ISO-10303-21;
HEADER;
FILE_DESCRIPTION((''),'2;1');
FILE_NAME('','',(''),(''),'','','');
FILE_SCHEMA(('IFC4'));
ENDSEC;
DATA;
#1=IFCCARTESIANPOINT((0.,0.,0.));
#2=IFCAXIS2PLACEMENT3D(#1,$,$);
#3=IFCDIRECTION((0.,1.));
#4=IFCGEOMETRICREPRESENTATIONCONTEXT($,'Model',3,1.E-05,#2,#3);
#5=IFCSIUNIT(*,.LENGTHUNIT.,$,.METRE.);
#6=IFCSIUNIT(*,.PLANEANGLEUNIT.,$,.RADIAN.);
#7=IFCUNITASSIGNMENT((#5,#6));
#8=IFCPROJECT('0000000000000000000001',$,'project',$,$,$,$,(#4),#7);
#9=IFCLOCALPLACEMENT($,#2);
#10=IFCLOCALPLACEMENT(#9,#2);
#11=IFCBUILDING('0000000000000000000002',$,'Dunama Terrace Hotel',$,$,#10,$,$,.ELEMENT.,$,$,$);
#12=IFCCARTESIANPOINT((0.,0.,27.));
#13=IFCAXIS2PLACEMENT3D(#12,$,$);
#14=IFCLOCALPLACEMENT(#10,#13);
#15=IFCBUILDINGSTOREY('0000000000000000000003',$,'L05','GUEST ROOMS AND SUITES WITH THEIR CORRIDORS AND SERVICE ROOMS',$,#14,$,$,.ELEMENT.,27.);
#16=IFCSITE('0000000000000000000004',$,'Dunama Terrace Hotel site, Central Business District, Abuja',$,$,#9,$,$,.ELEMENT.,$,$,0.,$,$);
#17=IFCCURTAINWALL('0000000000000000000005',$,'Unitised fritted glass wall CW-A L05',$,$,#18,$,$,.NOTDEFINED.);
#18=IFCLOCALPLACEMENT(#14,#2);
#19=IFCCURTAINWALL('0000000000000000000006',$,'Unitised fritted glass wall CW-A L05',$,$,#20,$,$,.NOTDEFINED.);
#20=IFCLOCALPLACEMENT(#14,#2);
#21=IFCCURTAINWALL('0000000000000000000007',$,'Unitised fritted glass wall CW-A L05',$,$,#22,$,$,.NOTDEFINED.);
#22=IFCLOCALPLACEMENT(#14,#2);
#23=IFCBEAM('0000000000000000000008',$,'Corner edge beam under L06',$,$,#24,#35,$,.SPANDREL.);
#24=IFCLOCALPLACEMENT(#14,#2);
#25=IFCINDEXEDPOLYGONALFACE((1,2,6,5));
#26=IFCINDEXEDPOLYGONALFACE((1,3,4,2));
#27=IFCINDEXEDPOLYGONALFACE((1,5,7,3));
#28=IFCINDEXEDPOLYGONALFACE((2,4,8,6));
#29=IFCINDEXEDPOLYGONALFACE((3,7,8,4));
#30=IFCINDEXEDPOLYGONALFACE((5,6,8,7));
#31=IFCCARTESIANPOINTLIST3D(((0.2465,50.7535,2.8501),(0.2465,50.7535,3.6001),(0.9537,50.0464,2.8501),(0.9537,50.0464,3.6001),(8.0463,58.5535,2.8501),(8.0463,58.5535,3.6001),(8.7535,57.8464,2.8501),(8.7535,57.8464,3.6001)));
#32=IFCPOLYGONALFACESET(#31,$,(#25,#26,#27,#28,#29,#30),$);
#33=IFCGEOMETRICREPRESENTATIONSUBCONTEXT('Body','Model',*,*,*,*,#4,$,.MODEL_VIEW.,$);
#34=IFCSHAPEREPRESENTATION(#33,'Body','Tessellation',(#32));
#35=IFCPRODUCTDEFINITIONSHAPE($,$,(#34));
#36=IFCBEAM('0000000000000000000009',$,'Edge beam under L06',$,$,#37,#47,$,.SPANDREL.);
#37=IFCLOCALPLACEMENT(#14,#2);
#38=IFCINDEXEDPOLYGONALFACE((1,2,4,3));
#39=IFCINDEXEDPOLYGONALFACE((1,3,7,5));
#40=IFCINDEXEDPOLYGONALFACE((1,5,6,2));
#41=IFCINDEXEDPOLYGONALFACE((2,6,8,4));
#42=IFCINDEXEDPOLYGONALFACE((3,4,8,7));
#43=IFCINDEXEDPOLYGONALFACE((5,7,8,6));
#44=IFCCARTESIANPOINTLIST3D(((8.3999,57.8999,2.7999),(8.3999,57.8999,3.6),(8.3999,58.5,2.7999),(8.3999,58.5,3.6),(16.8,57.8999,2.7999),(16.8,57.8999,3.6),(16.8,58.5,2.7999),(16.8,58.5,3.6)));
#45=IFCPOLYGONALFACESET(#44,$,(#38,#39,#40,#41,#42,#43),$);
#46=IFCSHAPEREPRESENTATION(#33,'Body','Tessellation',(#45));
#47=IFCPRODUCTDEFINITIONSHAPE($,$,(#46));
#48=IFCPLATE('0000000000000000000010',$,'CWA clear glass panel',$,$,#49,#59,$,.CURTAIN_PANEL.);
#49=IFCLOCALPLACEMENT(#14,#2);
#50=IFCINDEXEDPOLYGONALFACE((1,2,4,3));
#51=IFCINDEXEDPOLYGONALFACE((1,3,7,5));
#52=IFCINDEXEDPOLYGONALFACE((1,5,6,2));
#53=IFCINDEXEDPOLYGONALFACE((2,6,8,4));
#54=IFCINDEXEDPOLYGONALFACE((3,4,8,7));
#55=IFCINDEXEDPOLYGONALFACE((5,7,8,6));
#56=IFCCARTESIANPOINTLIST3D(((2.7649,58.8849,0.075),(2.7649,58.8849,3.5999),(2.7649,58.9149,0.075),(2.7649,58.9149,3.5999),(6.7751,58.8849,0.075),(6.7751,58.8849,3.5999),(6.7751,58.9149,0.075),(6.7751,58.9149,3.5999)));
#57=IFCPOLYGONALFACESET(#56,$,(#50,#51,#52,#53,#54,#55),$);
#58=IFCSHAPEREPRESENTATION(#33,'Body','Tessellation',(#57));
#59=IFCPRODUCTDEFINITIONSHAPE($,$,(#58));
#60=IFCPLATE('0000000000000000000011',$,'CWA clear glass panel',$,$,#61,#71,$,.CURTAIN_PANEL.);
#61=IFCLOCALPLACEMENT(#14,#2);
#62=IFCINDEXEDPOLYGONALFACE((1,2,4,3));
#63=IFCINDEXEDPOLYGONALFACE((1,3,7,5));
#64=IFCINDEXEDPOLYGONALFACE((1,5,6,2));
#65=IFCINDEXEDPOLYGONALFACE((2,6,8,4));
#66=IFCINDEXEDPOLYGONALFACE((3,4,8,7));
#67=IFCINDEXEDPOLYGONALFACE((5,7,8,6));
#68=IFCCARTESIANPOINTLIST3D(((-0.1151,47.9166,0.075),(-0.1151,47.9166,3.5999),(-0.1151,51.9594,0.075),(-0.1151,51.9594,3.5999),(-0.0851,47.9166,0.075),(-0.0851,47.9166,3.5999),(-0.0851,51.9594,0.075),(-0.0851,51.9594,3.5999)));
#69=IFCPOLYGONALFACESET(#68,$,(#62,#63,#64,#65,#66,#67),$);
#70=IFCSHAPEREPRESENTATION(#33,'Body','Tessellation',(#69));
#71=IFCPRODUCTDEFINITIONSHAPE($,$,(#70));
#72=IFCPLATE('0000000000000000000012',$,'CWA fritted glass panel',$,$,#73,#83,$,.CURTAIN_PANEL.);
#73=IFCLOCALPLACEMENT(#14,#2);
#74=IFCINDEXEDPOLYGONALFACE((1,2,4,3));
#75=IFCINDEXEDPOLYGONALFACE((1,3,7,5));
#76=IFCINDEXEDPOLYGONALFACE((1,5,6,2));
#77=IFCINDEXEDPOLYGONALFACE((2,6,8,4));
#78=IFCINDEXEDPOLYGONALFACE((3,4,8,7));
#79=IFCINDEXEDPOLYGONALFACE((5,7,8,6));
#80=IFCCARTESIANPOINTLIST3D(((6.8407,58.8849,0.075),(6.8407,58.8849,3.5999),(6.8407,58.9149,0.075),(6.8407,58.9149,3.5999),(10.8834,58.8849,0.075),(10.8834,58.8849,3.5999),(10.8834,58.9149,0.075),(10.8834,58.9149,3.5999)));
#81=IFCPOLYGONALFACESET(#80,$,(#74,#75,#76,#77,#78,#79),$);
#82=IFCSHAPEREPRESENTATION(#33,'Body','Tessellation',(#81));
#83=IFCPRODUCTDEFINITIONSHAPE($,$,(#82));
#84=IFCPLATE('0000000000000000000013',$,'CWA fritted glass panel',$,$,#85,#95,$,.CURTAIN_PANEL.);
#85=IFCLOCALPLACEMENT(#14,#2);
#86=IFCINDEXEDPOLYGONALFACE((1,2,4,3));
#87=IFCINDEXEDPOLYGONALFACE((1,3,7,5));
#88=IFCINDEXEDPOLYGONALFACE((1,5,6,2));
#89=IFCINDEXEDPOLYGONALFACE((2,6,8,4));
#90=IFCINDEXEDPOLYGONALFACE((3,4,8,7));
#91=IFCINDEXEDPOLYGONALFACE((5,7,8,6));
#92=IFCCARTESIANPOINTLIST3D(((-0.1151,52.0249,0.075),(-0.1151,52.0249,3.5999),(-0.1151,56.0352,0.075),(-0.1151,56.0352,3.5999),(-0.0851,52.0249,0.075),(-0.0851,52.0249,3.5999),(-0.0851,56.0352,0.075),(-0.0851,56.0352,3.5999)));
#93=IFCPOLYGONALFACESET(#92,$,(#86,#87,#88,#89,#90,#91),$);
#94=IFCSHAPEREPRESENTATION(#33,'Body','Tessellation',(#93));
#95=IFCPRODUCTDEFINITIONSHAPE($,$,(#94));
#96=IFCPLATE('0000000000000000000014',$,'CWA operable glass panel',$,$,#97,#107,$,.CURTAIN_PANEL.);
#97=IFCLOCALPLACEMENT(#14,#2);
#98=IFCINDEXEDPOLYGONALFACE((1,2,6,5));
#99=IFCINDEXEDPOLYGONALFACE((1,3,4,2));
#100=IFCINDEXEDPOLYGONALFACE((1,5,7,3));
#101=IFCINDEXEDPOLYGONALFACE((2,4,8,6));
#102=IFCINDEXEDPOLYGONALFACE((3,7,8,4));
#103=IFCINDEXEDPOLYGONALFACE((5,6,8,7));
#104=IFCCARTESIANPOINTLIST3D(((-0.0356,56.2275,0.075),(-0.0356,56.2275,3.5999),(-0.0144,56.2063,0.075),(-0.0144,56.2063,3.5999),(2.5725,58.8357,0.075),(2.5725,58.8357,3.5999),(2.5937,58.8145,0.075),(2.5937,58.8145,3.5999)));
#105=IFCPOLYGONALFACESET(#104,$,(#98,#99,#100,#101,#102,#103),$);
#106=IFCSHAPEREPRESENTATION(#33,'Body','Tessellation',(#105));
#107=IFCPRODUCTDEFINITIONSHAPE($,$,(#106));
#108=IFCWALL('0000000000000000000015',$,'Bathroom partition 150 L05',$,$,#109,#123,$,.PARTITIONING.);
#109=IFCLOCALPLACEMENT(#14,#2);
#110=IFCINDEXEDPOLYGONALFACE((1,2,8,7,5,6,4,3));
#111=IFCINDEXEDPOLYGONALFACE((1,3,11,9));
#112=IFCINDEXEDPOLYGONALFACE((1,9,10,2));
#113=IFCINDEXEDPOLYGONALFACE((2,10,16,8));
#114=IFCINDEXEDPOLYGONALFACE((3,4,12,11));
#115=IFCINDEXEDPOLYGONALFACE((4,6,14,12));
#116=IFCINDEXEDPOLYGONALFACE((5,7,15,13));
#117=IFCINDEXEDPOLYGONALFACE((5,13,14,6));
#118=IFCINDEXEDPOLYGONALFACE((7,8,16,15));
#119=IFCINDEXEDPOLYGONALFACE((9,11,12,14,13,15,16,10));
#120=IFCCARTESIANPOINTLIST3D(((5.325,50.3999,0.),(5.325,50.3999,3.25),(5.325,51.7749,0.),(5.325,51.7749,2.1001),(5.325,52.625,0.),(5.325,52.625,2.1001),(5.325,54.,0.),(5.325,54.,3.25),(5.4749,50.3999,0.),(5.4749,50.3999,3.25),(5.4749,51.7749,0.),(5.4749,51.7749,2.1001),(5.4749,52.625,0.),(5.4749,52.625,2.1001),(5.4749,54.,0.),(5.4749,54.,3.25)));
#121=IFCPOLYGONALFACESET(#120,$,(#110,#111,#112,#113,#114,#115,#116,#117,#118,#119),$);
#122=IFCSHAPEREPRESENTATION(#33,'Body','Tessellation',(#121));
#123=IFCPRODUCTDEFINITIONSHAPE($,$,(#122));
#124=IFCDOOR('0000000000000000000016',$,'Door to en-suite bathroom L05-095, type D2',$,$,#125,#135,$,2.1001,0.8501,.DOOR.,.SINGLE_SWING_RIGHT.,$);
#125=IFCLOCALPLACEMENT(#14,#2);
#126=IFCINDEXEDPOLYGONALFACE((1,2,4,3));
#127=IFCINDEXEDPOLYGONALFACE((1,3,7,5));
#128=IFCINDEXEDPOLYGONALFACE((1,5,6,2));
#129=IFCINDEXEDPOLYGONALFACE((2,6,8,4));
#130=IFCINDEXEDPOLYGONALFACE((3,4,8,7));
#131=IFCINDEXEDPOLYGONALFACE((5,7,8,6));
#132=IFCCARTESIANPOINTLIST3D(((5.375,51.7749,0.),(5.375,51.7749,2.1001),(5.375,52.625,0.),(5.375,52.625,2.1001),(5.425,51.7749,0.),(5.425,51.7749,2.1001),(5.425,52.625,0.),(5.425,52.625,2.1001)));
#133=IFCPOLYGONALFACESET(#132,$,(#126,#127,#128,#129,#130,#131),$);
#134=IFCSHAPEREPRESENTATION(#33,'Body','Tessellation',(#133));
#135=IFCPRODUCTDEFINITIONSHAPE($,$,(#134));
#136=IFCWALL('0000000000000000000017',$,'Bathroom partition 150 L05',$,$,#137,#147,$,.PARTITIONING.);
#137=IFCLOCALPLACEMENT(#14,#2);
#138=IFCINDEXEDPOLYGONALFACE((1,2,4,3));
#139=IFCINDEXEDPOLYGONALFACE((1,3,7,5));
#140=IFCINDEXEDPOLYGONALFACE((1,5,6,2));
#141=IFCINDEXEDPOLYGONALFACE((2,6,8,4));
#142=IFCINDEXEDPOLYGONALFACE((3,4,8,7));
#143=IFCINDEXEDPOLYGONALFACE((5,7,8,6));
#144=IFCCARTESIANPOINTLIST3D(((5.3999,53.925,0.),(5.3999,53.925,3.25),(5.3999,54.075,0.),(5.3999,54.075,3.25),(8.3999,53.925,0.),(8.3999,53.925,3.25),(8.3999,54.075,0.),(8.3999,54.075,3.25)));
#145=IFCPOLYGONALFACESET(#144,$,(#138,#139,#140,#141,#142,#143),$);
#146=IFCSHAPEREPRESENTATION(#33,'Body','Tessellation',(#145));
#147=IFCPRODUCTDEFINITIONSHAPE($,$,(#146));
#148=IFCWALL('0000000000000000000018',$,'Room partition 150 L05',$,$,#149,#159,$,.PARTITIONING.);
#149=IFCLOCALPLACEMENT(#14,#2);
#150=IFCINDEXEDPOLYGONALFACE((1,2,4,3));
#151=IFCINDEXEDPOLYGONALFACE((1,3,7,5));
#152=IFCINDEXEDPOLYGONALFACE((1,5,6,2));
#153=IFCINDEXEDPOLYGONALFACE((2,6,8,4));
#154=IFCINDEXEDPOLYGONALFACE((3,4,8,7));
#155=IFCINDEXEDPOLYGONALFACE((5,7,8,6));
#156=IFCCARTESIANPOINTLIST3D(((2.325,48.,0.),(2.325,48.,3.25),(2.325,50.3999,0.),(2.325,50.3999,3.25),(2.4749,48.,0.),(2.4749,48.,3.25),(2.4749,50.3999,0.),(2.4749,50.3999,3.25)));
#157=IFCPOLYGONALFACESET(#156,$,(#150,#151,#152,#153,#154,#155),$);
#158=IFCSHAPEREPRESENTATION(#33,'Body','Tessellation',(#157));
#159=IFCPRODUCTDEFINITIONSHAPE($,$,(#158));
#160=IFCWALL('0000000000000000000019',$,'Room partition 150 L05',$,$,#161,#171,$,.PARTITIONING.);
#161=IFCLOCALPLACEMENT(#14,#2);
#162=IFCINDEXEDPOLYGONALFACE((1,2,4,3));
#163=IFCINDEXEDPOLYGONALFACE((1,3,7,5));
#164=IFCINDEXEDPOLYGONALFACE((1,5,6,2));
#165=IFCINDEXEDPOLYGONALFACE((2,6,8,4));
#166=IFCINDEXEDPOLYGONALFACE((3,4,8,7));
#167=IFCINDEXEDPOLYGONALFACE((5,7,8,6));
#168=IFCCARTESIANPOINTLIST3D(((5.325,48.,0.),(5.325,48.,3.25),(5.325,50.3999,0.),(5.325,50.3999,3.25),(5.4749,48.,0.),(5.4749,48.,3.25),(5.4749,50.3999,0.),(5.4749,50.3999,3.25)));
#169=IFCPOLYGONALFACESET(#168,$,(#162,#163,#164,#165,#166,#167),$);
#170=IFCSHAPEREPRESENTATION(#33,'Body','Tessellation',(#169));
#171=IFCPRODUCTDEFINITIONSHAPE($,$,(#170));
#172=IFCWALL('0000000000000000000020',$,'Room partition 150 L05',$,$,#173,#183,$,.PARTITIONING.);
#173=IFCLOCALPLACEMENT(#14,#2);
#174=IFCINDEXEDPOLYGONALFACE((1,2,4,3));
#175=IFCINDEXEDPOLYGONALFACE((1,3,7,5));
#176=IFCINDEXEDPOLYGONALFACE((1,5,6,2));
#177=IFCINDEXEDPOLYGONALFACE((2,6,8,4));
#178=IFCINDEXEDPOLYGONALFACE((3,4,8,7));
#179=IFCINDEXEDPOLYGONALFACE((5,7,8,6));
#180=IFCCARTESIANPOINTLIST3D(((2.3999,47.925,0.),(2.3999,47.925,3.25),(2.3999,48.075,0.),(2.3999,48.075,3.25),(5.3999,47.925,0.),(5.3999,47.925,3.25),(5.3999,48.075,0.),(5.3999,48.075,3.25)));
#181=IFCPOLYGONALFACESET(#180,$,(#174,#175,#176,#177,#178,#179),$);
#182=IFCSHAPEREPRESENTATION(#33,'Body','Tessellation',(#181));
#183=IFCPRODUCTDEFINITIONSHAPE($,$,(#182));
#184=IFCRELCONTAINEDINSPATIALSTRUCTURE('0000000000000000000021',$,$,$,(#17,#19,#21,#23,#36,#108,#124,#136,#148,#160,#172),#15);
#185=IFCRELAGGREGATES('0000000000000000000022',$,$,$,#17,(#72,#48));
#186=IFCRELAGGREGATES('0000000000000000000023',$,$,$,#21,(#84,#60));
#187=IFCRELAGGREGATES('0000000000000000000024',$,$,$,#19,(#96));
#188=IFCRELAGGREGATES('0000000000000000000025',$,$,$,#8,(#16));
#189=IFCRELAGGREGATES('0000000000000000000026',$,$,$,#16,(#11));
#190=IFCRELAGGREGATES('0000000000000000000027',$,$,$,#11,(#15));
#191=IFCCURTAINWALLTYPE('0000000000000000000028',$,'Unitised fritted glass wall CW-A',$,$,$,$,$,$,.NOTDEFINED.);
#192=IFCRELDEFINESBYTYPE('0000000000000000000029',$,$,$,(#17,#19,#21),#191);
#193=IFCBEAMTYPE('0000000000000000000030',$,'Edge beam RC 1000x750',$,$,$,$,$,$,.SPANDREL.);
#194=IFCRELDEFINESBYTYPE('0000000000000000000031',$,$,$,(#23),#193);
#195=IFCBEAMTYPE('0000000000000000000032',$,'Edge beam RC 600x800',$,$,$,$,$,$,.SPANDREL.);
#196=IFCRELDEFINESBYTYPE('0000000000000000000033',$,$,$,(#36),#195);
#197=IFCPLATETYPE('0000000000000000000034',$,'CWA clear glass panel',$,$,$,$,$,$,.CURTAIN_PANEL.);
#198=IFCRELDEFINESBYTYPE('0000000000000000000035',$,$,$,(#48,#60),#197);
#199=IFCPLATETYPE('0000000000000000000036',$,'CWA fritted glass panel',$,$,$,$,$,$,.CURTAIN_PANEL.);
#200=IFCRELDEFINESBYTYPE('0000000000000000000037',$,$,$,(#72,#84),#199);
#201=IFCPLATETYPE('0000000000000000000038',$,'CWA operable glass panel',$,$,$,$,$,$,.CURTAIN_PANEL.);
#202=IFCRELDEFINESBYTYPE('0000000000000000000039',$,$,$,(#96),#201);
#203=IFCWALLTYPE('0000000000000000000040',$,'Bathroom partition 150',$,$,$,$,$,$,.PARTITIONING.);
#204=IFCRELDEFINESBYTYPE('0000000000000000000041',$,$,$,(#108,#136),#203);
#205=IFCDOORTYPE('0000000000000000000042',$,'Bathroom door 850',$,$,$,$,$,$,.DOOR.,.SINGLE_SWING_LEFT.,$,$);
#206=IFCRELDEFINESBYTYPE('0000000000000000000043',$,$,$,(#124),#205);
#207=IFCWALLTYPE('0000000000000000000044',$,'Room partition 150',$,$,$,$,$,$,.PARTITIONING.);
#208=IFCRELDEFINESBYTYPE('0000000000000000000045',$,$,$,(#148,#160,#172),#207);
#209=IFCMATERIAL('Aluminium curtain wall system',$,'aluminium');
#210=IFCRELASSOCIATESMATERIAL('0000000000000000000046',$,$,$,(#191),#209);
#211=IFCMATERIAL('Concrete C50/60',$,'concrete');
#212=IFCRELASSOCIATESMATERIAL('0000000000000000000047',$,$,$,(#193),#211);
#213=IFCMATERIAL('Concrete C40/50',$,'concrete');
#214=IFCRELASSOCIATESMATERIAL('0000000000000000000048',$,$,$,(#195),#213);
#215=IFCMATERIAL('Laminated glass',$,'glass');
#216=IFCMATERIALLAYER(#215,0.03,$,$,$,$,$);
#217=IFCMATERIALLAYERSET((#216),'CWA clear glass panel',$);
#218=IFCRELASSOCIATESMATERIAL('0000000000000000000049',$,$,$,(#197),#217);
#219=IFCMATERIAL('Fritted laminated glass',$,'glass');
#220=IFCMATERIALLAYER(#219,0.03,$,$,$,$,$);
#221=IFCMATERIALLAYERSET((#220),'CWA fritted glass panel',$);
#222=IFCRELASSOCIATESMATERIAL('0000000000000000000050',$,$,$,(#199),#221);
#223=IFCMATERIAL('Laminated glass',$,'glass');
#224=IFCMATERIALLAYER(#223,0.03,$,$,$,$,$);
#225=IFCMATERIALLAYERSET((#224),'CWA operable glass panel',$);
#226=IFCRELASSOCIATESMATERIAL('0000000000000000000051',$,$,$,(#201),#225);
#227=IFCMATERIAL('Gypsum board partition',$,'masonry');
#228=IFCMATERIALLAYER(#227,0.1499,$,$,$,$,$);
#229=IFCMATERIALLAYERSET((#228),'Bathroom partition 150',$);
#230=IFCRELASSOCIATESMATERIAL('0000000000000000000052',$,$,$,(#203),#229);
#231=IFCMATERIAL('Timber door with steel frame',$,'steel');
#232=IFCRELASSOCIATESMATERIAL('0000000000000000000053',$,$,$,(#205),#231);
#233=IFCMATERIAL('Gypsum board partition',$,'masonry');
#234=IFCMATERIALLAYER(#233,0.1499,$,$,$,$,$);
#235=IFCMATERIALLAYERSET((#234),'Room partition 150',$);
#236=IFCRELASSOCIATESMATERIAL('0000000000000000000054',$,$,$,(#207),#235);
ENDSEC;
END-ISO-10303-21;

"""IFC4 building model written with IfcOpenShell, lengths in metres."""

from ifc_helpers import new_model, si_unit, direction, frame, frame_2d, origin, origin_2d, place, context, subcontext, project, spatial, rectangle, extrude, material, layer, layer_set, material_profile, profile_set, type_object, element, fill, aggregate, save


model = new_model("IFC4")

# Units and contexts
model_context = context("Model", 3, precision=1e-05, world=origin(), true_north=direction((0.0, 1.0)))
body_context = subcontext(model_context, "Body", "Model", "MODEL_VIEW")
ifc_project = project(units=[si_unit("LENGTHUNIT", "METRE"), si_unit("PLANEANGLEUNIT", "RADIAN")], contexts=[model_context])

# Site, building, storey
site_placement = place(None, origin())
site = spatial("IfcSite", under=ifc_project, at=site_placement, Name="Dunama Terrace Hotel site, Central Business District, Abuja", CompositionType="ELEMENT", RefElevation=0.0)
building_placement = place(site_placement, origin())
building = spatial("IfcBuilding", under=site, at=building_placement, Name="Dunama Terrace Hotel", CompositionType="ELEMENT")
storey_placement = place(building_placement, frame((0.0, 0.0, 27.0)))
storey = spatial("IfcBuildingStorey", under=building, at=storey_placement, Name="L05", Description="GUEST ROOMS AND SUITES WITH THEIR CORRIDORS AND SERVICE ROOMS", CompositionType="ELEMENT", Elevation=27.0)

# Curtain walls
ifc_material_1 = material(Name="Aluminium curtain wall system", Category="aluminium")
curtain_wall_type = type_object("IfcCurtainWallType", Name="Unitised fritted glass wall CW-A", PredefinedType="NOTDEFINED", material=ifc_material_1)
curtain_wall_1_placement = place(storey_placement, origin())
curtain_wall_1 = element("IfcCurtainWall", 1, at=curtain_wall_1_placement, inside=storey, type_object=curtain_wall_type, Name="Unitised fritted glass wall CW-A L05", PredefinedType="NOTDEFINED")
curtain_wall_2_placement = place(storey_placement, origin())
curtain_wall_2 = element("IfcCurtainWall", 2, at=curtain_wall_2_placement, inside=storey, type_object=curtain_wall_type, Name="Unitised fritted glass wall CW-A L05", PredefinedType="NOTDEFINED")
curtain_wall_3_placement = place(storey_placement, origin())
curtain_wall_3 = element("IfcCurtainWall", 3, at=curtain_wall_3_placement, inside=storey, type_object=curtain_wall_type, Name="Unitised fritted glass wall CW-A L05", PredefinedType="NOTDEFINED")

# Beams
ifc_material_2 = material(Name="Concrete C50/60", Category="concrete")
ifc_material_profile_1 = material_profile(ifc_material_2, rectangle(XDim=1.0, YDim=0.75, at=origin_2d()), Name="RC 1000x750")
ifc_profile_set_1 = profile_set([ifc_material_profile_1], Name="Concrete C50/60")
beam_type_1 = type_object("IfcBeamType", Name="Edge beam RC 1000x750", PredefinedType="SPANDREL", material=ifc_profile_set_1)
beam_1_placement = place(storey_placement, frame((8.3999, 58.2, 3.2251), z_axis=(-0.707096, -0.707118, 0.0), x_axis=(0.707118, -0.707096, 0.0)))
element("IfcBeam", 4, at=beam_1_placement, inside=storey, type_object=beam_type_1, Name="Corner edge beam under L06", PredefinedType="SPANDREL", context=body_context, shape_type="SweptSolid", body=[
    extrude(rectangle(XDim=1.0, YDim=0.75, at=origin_2d()), origin(), (0.0, 0.0, 1.0), 11.0308),
])
ifc_material_3 = material(Name="Concrete C40/50", Category="concrete")
ifc_material_profile_2 = material_profile(ifc_material_3, rectangle(XDim=0.6001, YDim=0.8, at=origin_2d()), Name="RC 600x800")
ifc_profile_set_2 = profile_set([ifc_material_profile_2], Name="Concrete C40/50")
beam_type_2 = type_object("IfcBeamType", Name="Edge beam RC 600x800", PredefinedType="SPANDREL", material=ifc_profile_set_2)
beam_2_placement = place(storey_placement, frame((8.3999, 58.2, 3.2), z_axis=(1.0, 0.0, 0.0), x_axis=(0.0, 1.0, 0.0)))
element("IfcBeam", 5, at=beam_2_placement, inside=storey, type_object=beam_type_2, Name="Edge beam under L06", PredefinedType="SPANDREL", context=body_context, shape_type="SweptSolid", body=[
    extrude(rectangle(XDim=0.6001, YDim=0.8, at=origin_2d()), origin(), (0.0, 0.0, 1.0), 8.4001),
])

# Plates
ifc_material_4 = material(Name="Laminated glass", Category="glass")
ifc_layer_1 = layer(ifc_material_4, 0.03)
ifc_layer_set_1 = layer_set([ifc_layer_1], Name="CWA clear glass panel")
plate_type_1 = type_object("IfcPlateType", Name="CWA clear glass panel", PredefinedType="CURTAIN_PANEL", material=ifc_layer_set_1)
plate_1_placement = place(storey_placement, frame((4.77, 58.8999, 0.075), z_axis=(0.0, 0.0, 1.0), x_axis=(-1.0, 0.0, 0.0)))
plate_1 = element("IfcPlate", 6, at=plate_1_placement, type_object=plate_type_1, Name="CWA clear glass panel", PredefinedType="CURTAIN_PANEL", context=body_context, shape_type="SweptSolid", body=[
    extrude(rectangle(XDim=4.0103, YDim=0.03, at=origin_2d()), origin(), (0.0, 0.0, 1.0), 3.5249),
])
plate_2_placement = place(storey_placement, frame((-0.1001, 49.938, 0.075), z_axis=(0.0, 0.0, 1.0), x_axis=(0.0, -1.0, 0.0)))
plate_2 = element("IfcPlate", 7, at=plate_2_placement, type_object=plate_type_1, Name="CWA clear glass panel", PredefinedType="CURTAIN_PANEL", context=body_context, shape_type="SweptSolid", body=[
    extrude(rectangle(XDim=4.0427, YDim=0.03, at=origin_2d()), origin(), (0.0, 0.0, 1.0), 3.5249),
])
ifc_material_5 = material(Name="Fritted laminated glass", Category="glass")
ifc_layer_2 = layer(ifc_material_5, 0.03)
ifc_layer_set_2 = layer_set([ifc_layer_2], Name="CWA fritted glass panel")
plate_type_2 = type_object("IfcPlateType", Name="CWA fritted glass panel", PredefinedType="CURTAIN_PANEL", material=ifc_layer_set_2)
plate_3_placement = place(storey_placement, frame((8.8621, 58.8999, 0.075), z_axis=(0.0, 0.0, 1.0), x_axis=(-1.0, 0.0, 0.0)))
plate_3 = element("IfcPlate", 8, at=plate_3_placement, type_object=plate_type_2, Name="CWA fritted glass panel", PredefinedType="CURTAIN_PANEL", context=body_context, shape_type="SweptSolid", body=[
    extrude(rectangle(XDim=4.0427, YDim=0.03, at=origin_2d()), origin(), (0.0, 0.0, 1.0), 3.5249),
])
aggregate(curtain_wall_1, [plate_3, plate_1])
plate_4_placement = place(storey_placement, frame((-0.1001, 54.03, 0.075), z_axis=(0.0, 0.0, 1.0), x_axis=(0.0, -1.0, 0.0)))
plate_4 = element("IfcPlate", 9, at=plate_4_placement, type_object=plate_type_2, Name="CWA fritted glass panel", PredefinedType="CURTAIN_PANEL", context=body_context, shape_type="SweptSolid", body=[
    extrude(rectangle(XDim=4.0103, YDim=0.03, at=origin_2d()), origin(), (0.0, 0.0, 1.0), 3.5249),
])
aggregate(curtain_wall_3, [plate_4, plate_2])
ifc_material_6 = material(Name="Laminated glass", Category="glass")
ifc_layer_3 = layer(ifc_material_6, 0.03)
ifc_layer_set_3 = layer_set([ifc_layer_3], Name="CWA operable glass panel")
plate_type_3 = type_object("IfcPlateType", Name="CWA operable glass panel", PredefinedType="CURTAIN_PANEL", material=ifc_layer_set_3)
plate_5_placement = place(storey_placement, frame((1.2791, 57.521, 0.075), z_axis=(0.0, 0.0, 1.0), x_axis=(-0.707107, -0.707107, 0.0)))
plate_5 = element("IfcPlate", 10, at=plate_5_placement, type_object=plate_type_3, Name="CWA operable glass panel", PredefinedType="CURTAIN_PANEL", context=body_context, shape_type="SweptSolid", body=[
    extrude(rectangle(XDim=3.6885, YDim=0.03, at=origin_2d()), origin(), (0.0, 0.0, 1.0), 3.5249),
])
aggregate(curtain_wall_2, [plate_5])

# Wall, opening, door
ifc_material_7 = material(Name="Gypsum board partition", Category="masonry")
ifc_layer_4 = layer(ifc_material_7, 0.1499)
ifc_layer_set_4 = layer_set([ifc_layer_4], Name="Bathroom partition 150")
wall_type_1 = type_object("IfcWallType", Name="Bathroom partition 150", PredefinedType="PARTITIONING", material=ifc_layer_set_4)
wall_1_placement = place(storey_placement, frame((5.3999, 50.3999, 0.0), z_axis=(0.0, 0.0, 1.0), x_axis=(0.0, 1.0, 0.0)))
wall_1 = element("IfcWall", 11, at=wall_1_placement, inside=storey, type_object=wall_type_1, Name="Bathroom partition 150 L05", PredefinedType="PARTITIONING", context=body_context, shape_type="SweptSolid", body=[
    extrude(rectangle(XDim=3.6001, YDim=0.1499, at=frame_2d((1.8, 0.0))), origin(), (0.0, 0.0, 1.0), 3.25),
])
opening_1_placement = place(wall_1_placement, frame((1.375, 0.0, 0.0)))
opening_1 = element("IfcOpeningElement", 12, at=opening_1_placement, cuts=wall_1, PredefinedType="OPENING", context=body_context, shape_type="SweptSolid", body=[
    extrude(rectangle(XDim=0.8501, YDim=2.1001, at=frame_2d((0.425, 1.05))), frame((0.0, 0.085, 0.0), z_axis=(0.0, -1.0, 0.0), x_axis=(1.0, 0.0, 0.0)), (0.0, 0.0, 1.0), 0.1699),
])
ifc_material_8 = material(Name="Timber door with steel frame", Category="steel")
door_type_1 = type_object("IfcDoorType", Name="Bathroom door 850", OperationType="SINGLE_SWING_LEFT", PredefinedType="DOOR", material=ifc_material_8)
door_1_placement = place(opening_1_placement, frame((0.8501, 0.0, 0.0), z_axis=(0.0, 0.0, 1.0), x_axis=(-1.0, 0.0, 0.0)))
door_1 = element("IfcDoor", 13, at=door_1_placement, inside=storey, type_object=door_type_1, Name="Door to en-suite bathroom L05-095, type D2", OperationType="SINGLE_SWING_RIGHT", OverallHeight=2.1001, OverallWidth=0.8501, PredefinedType="DOOR", context=body_context, shape_type="SweptSolid", body=[
    extrude(rectangle(XDim=0.8501, YDim=2.1001, at=frame_2d((0.425, 1.05))), frame((0.0, 0.0251, 0.0), z_axis=(0.0, -1.0, 0.0), x_axis=(1.0, 0.0, 0.0)), (0.0, 0.0, 1.0), 0.05),
])
fill(opening_1, door_1)

# Walls
wall_2_placement = place(storey_placement, frame((5.3999, 54.0, 0.0), z_axis=(0.0, 0.0, 1.0), x_axis=(1.0, 0.0, 0.0)))
element("IfcWall", 14, at=wall_2_placement, inside=storey, type_object=wall_type_1, Name="Bathroom partition 150 L05", PredefinedType="PARTITIONING", context=body_context, shape_type="SweptSolid", body=[
    extrude(rectangle(XDim=3.0, YDim=0.1499, at=frame_2d((1.5, 0.0))), origin(), (0.0, 0.0, 1.0), 3.25),
])
ifc_material_9 = material(Name="Gypsum board partition", Category="masonry")
ifc_layer_5 = layer(ifc_material_9, 0.1499)
ifc_layer_set_5 = layer_set([ifc_layer_5], Name="Room partition 150")
wall_type_2 = type_object("IfcWallType", Name="Room partition 150", PredefinedType="PARTITIONING", material=ifc_layer_set_5)
for number, where, z_axis, x_axis, name in (
    (15, (2.3999, 48.0, 0.0), (0.0, 0.0, 1.0), (0.0, 1.0, 0.0), "Room partition 150 L05"),
    (16, (5.3999, 48.0, 0.0), (0.0, 0.0, 1.0), (0.0, 1.0, 0.0), "Room partition 150 L05"),
):
    element("IfcWall", number, at=place(storey_placement, frame(where, z_axis=z_axis, x_axis=x_axis)), inside=storey, type_object=wall_type_2, Name=name, PredefinedType="PARTITIONING", context=body_context, shape_type="SweptSolid", body=[
        extrude(rectangle(XDim=2.3999, YDim=0.1499, at=frame_2d((1.2, 0.0))), origin(), (0.0, 0.0, 1.0), 3.25),
    ])
wall_3_placement = place(storey_placement, frame((2.3999, 48.0, 0.0), z_axis=(0.0, 0.0, 1.0), x_axis=(1.0, 0.0, 0.0)))
element("IfcWall", 17, at=wall_3_placement, inside=storey, type_object=wall_type_2, Name="Room partition 150 L05", PredefinedType="PARTITIONING", context=body_context, shape_type="SweptSolid", body=[
    extrude(rectangle(XDim=3.0, YDim=0.1499, at=frame_2d((1.5, 0.0))), origin(), (0.0, 0.0, 1.0), 3.25),
])

save(model, "model.ifc")
